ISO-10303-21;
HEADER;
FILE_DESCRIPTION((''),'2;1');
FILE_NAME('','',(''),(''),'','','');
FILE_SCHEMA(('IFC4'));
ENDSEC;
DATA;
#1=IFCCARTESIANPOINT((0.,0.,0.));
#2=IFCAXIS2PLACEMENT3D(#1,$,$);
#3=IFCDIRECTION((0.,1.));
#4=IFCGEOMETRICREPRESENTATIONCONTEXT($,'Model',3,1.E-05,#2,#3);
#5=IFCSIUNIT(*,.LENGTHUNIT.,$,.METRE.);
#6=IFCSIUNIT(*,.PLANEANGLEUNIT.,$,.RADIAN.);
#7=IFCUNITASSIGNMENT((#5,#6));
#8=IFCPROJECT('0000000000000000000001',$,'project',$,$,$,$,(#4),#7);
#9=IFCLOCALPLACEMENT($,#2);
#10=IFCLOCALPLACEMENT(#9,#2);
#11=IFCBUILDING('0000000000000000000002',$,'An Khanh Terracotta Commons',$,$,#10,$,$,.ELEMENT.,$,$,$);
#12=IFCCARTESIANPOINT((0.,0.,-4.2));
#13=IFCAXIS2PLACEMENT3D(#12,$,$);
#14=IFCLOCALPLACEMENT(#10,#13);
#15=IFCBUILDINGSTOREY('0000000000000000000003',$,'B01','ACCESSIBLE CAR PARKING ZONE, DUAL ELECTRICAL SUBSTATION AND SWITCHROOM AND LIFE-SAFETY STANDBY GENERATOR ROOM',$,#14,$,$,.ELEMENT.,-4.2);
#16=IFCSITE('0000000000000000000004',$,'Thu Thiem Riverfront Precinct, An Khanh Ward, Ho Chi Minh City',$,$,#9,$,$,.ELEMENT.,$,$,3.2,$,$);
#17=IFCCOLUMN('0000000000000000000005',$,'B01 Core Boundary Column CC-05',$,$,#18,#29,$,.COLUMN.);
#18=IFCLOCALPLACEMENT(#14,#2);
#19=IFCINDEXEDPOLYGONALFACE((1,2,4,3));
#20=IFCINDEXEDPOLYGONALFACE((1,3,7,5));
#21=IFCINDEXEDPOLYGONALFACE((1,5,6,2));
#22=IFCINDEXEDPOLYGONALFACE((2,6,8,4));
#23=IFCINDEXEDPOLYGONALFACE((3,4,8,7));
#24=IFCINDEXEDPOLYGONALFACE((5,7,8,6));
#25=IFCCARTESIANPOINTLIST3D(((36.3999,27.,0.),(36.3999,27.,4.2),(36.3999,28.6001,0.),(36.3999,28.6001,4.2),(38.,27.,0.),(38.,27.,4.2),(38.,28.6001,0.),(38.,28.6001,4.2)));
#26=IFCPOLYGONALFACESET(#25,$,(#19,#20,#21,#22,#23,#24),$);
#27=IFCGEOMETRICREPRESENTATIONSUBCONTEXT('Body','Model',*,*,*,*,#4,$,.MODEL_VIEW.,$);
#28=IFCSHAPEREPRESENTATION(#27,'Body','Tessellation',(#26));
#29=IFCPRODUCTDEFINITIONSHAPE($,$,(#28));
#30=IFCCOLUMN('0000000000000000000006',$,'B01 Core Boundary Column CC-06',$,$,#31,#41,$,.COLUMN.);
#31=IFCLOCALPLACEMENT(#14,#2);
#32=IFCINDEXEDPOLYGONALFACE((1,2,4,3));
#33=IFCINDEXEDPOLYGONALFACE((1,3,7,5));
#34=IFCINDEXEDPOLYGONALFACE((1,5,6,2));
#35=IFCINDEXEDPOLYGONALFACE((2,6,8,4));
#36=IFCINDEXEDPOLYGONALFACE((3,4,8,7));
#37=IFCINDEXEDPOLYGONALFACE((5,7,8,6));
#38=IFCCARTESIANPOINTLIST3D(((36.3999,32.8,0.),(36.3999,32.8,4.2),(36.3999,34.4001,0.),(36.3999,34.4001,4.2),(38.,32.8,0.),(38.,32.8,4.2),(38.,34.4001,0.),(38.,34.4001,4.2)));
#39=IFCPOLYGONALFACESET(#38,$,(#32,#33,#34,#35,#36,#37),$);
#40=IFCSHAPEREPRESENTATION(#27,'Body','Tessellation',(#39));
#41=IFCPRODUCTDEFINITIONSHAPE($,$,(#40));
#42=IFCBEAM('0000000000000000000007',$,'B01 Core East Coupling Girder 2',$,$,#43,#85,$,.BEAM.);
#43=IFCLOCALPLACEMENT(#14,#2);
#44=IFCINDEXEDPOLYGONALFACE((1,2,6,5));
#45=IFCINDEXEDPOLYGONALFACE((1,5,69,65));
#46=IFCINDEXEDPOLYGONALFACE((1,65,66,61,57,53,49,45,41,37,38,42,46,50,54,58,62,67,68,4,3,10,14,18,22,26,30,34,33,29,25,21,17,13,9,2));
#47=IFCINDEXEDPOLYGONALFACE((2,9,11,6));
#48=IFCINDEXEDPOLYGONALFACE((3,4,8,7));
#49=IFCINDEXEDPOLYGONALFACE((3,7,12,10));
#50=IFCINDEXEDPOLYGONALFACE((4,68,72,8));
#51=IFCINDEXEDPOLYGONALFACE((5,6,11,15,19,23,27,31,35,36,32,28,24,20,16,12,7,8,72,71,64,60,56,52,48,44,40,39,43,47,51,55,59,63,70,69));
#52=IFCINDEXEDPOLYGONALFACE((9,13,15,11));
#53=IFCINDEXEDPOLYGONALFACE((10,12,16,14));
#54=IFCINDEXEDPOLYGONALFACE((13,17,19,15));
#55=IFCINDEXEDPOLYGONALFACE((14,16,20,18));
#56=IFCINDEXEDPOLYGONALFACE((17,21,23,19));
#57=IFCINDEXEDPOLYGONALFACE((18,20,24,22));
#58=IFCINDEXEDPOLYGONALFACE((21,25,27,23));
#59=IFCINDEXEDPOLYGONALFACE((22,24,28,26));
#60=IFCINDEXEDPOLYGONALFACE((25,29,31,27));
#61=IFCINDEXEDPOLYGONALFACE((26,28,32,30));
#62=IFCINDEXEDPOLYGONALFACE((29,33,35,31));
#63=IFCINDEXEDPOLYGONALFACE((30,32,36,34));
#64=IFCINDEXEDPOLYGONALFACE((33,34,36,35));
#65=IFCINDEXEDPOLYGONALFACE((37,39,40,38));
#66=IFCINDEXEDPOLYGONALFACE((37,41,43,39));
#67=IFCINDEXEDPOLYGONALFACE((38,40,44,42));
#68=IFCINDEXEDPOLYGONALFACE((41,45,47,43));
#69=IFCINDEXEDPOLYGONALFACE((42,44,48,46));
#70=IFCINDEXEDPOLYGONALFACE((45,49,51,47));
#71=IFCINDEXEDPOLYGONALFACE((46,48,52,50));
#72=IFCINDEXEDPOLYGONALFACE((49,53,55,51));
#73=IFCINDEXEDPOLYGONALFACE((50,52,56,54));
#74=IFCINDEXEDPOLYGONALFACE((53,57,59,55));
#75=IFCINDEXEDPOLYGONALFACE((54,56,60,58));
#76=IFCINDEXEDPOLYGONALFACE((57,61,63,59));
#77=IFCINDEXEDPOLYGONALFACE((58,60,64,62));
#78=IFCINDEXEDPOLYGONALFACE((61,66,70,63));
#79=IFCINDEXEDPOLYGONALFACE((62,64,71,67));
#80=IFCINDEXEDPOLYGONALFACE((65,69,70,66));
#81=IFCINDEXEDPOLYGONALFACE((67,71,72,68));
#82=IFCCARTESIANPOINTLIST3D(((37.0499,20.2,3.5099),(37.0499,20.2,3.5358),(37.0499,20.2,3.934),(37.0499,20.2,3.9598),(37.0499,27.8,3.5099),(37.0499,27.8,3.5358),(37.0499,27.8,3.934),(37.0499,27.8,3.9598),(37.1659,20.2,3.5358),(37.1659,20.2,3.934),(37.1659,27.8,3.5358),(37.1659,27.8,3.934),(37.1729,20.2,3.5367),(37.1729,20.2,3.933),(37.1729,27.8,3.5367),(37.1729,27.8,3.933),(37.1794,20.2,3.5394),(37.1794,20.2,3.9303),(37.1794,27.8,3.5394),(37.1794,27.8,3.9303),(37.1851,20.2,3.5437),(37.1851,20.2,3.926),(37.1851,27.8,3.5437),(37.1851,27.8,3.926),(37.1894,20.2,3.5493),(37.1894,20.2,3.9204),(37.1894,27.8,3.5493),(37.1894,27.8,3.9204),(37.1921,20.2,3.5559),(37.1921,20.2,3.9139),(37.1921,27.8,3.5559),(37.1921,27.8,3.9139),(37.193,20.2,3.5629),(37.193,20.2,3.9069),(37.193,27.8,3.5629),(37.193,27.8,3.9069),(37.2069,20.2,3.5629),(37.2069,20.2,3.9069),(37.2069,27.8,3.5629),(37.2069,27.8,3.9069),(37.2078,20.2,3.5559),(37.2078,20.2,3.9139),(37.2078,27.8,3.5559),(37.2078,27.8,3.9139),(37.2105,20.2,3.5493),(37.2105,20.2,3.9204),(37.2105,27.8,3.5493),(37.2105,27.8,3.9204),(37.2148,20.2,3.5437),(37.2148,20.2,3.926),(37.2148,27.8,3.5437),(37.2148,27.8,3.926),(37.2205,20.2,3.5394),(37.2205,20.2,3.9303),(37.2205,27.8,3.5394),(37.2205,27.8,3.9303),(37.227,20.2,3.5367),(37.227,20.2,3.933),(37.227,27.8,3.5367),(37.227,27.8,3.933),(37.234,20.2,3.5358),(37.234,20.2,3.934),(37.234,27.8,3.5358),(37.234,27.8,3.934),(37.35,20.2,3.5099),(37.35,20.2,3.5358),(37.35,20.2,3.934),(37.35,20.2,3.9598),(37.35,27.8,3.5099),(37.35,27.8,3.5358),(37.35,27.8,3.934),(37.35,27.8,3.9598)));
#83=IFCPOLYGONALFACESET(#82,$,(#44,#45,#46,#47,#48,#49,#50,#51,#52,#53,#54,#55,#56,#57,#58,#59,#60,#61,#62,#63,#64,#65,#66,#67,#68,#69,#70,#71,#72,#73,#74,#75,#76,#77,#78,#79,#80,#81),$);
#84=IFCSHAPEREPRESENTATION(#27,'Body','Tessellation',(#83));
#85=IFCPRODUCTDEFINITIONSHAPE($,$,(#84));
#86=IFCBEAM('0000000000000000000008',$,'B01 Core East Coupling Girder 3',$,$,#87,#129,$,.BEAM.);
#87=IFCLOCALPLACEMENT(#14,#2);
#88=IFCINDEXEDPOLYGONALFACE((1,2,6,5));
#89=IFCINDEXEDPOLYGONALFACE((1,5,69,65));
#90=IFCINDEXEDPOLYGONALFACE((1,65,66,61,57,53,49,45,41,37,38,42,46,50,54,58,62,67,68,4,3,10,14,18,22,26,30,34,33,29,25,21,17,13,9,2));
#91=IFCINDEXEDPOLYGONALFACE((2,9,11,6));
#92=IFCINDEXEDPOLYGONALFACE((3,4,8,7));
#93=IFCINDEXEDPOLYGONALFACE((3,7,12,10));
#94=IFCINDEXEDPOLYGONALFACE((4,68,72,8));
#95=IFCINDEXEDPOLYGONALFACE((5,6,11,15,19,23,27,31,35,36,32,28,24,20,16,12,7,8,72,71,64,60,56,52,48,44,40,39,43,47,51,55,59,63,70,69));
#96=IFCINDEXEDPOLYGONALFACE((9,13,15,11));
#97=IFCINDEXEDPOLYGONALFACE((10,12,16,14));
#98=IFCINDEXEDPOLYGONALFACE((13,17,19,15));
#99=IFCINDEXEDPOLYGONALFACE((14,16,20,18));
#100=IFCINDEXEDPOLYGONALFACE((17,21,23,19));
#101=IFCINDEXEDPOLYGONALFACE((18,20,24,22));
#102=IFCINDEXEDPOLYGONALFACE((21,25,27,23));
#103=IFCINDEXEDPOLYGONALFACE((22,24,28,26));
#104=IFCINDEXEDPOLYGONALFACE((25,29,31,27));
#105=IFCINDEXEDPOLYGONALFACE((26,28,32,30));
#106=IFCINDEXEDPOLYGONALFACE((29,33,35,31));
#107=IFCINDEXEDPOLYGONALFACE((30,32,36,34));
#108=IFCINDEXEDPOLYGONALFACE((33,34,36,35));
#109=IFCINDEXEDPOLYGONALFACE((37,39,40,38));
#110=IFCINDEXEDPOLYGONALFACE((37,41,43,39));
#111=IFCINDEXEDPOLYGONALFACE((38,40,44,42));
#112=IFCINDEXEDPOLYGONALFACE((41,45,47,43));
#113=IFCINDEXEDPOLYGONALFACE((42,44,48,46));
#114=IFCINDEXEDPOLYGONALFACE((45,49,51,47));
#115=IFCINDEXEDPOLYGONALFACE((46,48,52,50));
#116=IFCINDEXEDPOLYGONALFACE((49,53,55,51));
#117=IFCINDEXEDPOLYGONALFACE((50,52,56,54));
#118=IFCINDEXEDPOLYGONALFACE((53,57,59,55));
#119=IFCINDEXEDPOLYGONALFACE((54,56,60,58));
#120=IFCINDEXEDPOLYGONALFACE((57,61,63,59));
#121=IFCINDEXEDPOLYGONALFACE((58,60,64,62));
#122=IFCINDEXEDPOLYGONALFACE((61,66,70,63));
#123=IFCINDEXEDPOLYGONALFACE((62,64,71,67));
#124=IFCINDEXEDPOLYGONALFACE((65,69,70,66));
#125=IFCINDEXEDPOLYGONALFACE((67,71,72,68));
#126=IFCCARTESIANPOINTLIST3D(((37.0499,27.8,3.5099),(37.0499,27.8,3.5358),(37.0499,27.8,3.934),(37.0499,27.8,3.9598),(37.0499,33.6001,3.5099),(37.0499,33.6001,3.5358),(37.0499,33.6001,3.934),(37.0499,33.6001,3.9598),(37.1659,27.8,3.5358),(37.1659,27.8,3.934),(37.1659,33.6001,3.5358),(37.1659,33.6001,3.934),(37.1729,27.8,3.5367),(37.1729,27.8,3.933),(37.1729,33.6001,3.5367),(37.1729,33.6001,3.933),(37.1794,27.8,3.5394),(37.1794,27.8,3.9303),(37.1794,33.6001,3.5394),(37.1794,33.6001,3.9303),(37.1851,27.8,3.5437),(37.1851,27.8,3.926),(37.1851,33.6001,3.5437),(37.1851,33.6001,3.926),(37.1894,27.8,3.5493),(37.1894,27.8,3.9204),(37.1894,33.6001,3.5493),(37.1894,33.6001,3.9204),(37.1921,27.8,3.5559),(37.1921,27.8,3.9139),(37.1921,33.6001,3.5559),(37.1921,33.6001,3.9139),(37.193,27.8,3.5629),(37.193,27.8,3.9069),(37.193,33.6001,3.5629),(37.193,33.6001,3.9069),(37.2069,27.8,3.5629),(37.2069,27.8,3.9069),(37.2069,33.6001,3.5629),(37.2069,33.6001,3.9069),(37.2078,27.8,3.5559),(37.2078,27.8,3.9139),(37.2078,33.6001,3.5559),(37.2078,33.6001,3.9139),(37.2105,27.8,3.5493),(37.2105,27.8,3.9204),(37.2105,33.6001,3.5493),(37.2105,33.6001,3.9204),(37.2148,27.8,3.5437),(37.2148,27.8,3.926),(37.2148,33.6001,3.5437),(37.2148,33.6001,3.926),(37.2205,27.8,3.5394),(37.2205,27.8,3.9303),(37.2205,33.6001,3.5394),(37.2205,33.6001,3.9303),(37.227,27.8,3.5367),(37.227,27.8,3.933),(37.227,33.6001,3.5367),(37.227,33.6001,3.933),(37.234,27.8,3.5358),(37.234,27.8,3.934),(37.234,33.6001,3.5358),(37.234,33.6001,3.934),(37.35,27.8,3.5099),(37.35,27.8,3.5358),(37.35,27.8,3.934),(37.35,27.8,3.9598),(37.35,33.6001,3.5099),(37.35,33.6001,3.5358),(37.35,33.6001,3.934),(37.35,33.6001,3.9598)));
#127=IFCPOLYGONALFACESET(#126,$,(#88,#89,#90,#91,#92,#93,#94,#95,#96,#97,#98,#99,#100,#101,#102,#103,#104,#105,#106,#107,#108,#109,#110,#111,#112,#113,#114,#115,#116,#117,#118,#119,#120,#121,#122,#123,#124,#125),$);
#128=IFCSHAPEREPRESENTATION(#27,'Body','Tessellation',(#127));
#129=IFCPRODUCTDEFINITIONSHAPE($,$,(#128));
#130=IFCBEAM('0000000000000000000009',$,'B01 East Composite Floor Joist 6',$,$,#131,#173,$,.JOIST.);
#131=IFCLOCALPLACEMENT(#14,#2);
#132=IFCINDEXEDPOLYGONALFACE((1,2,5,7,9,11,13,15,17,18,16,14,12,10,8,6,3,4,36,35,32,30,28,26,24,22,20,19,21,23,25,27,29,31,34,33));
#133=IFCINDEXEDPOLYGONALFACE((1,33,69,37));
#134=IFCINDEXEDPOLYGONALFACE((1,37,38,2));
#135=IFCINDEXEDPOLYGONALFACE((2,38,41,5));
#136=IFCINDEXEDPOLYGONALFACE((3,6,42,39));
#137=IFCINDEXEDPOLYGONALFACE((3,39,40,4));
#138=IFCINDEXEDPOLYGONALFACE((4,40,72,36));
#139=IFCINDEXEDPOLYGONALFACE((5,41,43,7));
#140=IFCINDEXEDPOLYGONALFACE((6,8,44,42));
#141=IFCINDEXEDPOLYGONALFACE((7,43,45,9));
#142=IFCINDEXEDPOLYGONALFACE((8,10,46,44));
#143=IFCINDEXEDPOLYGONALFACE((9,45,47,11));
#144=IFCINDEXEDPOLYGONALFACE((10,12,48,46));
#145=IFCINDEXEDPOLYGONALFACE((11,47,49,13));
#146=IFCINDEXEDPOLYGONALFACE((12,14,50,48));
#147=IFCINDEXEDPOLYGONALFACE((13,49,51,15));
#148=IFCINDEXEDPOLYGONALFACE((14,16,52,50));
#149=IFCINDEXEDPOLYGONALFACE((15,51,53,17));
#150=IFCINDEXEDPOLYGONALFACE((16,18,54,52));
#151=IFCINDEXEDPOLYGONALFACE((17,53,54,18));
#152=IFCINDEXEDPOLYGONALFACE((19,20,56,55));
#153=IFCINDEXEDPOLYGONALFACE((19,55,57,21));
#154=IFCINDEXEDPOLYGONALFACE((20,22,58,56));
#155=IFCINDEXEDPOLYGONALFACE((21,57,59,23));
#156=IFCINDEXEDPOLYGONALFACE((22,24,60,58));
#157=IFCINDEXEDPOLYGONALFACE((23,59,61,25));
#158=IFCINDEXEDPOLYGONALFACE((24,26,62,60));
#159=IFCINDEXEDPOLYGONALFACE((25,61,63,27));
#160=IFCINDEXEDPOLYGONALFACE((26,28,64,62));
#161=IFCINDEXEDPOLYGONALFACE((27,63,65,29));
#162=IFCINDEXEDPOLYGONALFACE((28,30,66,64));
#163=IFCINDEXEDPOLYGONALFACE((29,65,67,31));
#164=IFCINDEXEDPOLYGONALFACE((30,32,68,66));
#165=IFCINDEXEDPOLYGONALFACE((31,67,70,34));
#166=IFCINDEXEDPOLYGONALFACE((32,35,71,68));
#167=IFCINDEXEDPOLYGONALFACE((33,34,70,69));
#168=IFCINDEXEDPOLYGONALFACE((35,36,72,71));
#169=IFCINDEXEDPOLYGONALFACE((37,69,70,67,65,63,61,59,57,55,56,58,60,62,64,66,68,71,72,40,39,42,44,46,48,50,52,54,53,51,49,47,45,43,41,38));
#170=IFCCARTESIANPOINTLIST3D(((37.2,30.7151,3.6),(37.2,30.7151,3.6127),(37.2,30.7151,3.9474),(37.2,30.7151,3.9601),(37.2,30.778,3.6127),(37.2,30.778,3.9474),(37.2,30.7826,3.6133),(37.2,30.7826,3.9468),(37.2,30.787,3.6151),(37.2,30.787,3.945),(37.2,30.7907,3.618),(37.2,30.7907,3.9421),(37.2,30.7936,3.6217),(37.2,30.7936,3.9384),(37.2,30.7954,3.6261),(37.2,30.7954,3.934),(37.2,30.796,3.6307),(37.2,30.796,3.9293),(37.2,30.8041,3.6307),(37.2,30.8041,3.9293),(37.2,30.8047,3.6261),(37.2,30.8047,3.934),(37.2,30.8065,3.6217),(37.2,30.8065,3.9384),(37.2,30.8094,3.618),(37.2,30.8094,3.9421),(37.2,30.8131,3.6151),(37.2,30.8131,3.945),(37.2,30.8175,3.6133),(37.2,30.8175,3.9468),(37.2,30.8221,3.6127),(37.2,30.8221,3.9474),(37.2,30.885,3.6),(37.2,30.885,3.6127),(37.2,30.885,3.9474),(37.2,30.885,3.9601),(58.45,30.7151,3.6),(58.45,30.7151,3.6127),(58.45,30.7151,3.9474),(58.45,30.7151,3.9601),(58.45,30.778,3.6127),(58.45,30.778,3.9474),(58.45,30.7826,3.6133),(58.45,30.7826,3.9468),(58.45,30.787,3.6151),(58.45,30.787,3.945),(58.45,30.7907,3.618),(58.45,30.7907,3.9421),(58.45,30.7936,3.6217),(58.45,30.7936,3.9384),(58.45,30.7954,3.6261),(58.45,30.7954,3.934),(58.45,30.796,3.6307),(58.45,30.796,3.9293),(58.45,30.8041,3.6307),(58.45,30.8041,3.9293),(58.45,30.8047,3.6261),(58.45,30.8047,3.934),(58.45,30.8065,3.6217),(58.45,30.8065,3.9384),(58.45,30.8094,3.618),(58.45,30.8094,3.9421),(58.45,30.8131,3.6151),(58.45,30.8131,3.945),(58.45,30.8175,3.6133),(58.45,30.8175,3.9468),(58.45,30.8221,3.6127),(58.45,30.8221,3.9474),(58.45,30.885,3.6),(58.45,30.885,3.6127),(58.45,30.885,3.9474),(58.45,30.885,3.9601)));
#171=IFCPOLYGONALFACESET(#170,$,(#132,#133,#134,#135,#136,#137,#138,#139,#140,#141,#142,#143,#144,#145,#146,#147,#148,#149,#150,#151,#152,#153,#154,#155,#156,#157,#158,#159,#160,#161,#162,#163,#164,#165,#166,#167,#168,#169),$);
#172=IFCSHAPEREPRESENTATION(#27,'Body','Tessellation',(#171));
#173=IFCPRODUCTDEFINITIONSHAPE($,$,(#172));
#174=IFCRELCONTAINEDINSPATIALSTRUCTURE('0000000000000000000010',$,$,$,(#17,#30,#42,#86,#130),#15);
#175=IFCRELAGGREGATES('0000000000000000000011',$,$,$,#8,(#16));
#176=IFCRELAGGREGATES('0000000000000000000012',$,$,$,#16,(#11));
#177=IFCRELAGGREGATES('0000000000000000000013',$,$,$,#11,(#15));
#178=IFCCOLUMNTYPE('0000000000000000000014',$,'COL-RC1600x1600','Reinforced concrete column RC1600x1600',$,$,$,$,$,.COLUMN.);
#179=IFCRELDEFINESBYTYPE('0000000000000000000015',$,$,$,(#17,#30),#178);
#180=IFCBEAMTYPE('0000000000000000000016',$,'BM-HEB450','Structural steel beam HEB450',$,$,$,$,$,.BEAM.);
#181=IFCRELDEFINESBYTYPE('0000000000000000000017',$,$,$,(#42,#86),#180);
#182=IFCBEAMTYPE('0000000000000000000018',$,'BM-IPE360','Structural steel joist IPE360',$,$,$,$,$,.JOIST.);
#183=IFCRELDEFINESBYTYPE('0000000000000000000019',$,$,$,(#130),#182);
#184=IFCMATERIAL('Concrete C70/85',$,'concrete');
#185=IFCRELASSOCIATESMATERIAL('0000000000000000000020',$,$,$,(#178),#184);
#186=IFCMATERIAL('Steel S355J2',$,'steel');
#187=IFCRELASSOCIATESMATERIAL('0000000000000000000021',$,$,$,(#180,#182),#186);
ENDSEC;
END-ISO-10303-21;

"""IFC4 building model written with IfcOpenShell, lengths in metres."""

from ifc_helpers import new_model, si_unit, direction, frame, origin, origin_2d, place, context, subcontext, project, spatial, rectangle, i_section, extrude, material, material_profile, profile_set, type_object, element, save


model = new_model("IFC4")

# Units and contexts
model_context = context("Model", 3, precision=1e-05, world=origin(), true_north=direction((0.0, 1.0)))
body_context = subcontext(model_context, "Body", "Model", "MODEL_VIEW")
ifc_project = project(units=[si_unit("LENGTHUNIT", "METRE"), si_unit("PLANEANGLEUNIT", "RADIAN")], contexts=[model_context])

# Site, building, storey
site_placement = place(None, origin())
site = spatial("IfcSite", under=ifc_project, at=site_placement, Name="Thu Thiem Riverfront Precinct, An Khanh Ward, Ho Chi Minh City", CompositionType="ELEMENT", RefElevation=3.2)
building_placement = place(site_placement, origin())
building = spatial("IfcBuilding", under=site, at=building_placement, Name="An Khanh Terracotta Commons", CompositionType="ELEMENT")
storey_placement = place(building_placement, frame((0.0, 0.0, -4.2)))
storey = spatial("IfcBuildingStorey", under=building, at=storey_placement, Name="B01", Description="ACCESSIBLE CAR PARKING ZONE, DUAL ELECTRICAL SUBSTATION AND SWITCHROOM AND LIFE-SAFETY STANDBY GENERATOR ROOM", CompositionType="ELEMENT", Elevation=-4.2)

# Columns
ifc_material_1 = material(Name="Concrete C70/85", Category="concrete")
ifc_material_profile_1 = material_profile(ifc_material_1, rectangle(XDim=1.6001, YDim=1.6001, at=origin_2d()), Name="RC1600x1600")
ifc_profile_set_1 = profile_set([ifc_material_profile_1], Name="Concrete C70/85")
column_type = type_object("IfcColumnType", Name="COL-RC1600x1600", Description="Reinforced concrete column RC1600x1600", PredefinedType="COLUMN", material=ifc_profile_set_1)
for number, where, z_axis, x_axis, name in (
    (1, (37.2, 27.8, 0.0), (0.0, 0.0, 1.0), (1.0, 0.0, 0.0), "B01 Core Boundary Column CC-05"),
    (2, (37.2, 33.6001, 0.0), (0.0, 0.0, 1.0), (1.0, 0.0, 0.0), "B01 Core Boundary Column CC-06"),
):
    element("IfcColumn", number, at=place(storey_placement, frame(where, z_axis=z_axis, x_axis=x_axis)), inside=storey, type_object=column_type, Name=name, PredefinedType="COLUMN", context=body_context, shape_type="SweptSolid", body=[
        extrude(rectangle(XDim=1.6001, YDim=1.6001, at=origin_2d()), origin(), (0.0, 0.0, 1.0), 4.2),
    ])

# Beams
ifc_material_2 = material(Name="Steel S355J2", Category="steel")
ifc_material_profile_2 = material_profile(ifc_material_2, i_section(OverallWidth=0.3, OverallDepth=0.45, WebThickness=0.0139, FlangeThickness=0.0259, FilletRadius=0.0271, at=origin_2d()), Name="HEB450")
ifc_profile_set_2 = profile_set([ifc_material_profile_2], Name="Steel S355J2")
beam_type_1 = type_object("IfcBeamType", Name="BM-HEB450", Description="Structural steel beam HEB450", PredefinedType="BEAM", material=ifc_profile_set_2)
beam_1_placement = place(storey_placement, frame((37.2, 20.2, 3.7349), z_axis=(0.0, 1.0, 0.0), x_axis=(-1.0, 0.0, 0.0)))
element("IfcBeam", 3, at=beam_1_placement, inside=storey, type_object=beam_type_1, Name="B01 Core East Coupling Girder 2", PredefinedType="BEAM", context=body_context, shape_type="SweptSolid", body=[
    extrude(i_section(OverallWidth=0.3, OverallDepth=0.45, WebThickness=0.0139, FlangeThickness=0.0259, FilletRadius=0.0271, at=origin_2d()), origin(), (0.0, 0.0, 1.0), 7.6001),
])
beam_2_placement = place(storey_placement, frame((37.2, 27.8, 3.7349), z_axis=(0.0, 1.0, 0.0), x_axis=(-1.0, 0.0, 0.0)))
element("IfcBeam", 4, at=beam_2_placement, inside=storey, type_object=beam_type_1, Name="B01 Core East Coupling Girder 3", PredefinedType="BEAM", context=body_context, shape_type="SweptSolid", body=[
    extrude(i_section(OverallWidth=0.3, OverallDepth=0.45, WebThickness=0.0139, FlangeThickness=0.0259, FilletRadius=0.0271, at=origin_2d()), origin(), (0.0, 0.0, 1.0), 5.8),
])
ifc_material_profile_3 = material_profile(ifc_material_2, i_section(OverallWidth=0.1699, OverallDepth=0.3601, WebThickness=0.0081, FlangeThickness=0.0127, FilletRadius=0.0181, at=origin_2d()), Name="IPE360")
ifc_profile_set_3 = profile_set([ifc_material_profile_3], Name="Steel S355J2")
beam_type_2 = type_object("IfcBeamType", Name="BM-IPE360", Description="Structural steel joist IPE360", PredefinedType="JOIST", material=ifc_profile_set_3)
for number, where, z_axis, x_axis, name in (
    (5, (37.2, 30.8, 3.78), (1.0, 0.0, 0.0), (0.0, 1.0, 0.0), "B01 East Composite Floor Joist 6"),
):
    element("IfcBeam", number, at=place(storey_placement, frame(where, z_axis=z_axis, x_axis=x_axis)), inside=storey, type_object=beam_type_2, Name=name, PredefinedType="JOIST", context=body_context, shape_type="SweptSolid", body=[
        extrude(i_section(OverallWidth=0.1699, OverallDepth=0.3601, WebThickness=0.0081, FlangeThickness=0.0127, FilletRadius=0.0181, at=origin_2d()), origin(), (0.0, 0.0, 1.0), 21.25),
    ])

save(model, "model.ifc")
